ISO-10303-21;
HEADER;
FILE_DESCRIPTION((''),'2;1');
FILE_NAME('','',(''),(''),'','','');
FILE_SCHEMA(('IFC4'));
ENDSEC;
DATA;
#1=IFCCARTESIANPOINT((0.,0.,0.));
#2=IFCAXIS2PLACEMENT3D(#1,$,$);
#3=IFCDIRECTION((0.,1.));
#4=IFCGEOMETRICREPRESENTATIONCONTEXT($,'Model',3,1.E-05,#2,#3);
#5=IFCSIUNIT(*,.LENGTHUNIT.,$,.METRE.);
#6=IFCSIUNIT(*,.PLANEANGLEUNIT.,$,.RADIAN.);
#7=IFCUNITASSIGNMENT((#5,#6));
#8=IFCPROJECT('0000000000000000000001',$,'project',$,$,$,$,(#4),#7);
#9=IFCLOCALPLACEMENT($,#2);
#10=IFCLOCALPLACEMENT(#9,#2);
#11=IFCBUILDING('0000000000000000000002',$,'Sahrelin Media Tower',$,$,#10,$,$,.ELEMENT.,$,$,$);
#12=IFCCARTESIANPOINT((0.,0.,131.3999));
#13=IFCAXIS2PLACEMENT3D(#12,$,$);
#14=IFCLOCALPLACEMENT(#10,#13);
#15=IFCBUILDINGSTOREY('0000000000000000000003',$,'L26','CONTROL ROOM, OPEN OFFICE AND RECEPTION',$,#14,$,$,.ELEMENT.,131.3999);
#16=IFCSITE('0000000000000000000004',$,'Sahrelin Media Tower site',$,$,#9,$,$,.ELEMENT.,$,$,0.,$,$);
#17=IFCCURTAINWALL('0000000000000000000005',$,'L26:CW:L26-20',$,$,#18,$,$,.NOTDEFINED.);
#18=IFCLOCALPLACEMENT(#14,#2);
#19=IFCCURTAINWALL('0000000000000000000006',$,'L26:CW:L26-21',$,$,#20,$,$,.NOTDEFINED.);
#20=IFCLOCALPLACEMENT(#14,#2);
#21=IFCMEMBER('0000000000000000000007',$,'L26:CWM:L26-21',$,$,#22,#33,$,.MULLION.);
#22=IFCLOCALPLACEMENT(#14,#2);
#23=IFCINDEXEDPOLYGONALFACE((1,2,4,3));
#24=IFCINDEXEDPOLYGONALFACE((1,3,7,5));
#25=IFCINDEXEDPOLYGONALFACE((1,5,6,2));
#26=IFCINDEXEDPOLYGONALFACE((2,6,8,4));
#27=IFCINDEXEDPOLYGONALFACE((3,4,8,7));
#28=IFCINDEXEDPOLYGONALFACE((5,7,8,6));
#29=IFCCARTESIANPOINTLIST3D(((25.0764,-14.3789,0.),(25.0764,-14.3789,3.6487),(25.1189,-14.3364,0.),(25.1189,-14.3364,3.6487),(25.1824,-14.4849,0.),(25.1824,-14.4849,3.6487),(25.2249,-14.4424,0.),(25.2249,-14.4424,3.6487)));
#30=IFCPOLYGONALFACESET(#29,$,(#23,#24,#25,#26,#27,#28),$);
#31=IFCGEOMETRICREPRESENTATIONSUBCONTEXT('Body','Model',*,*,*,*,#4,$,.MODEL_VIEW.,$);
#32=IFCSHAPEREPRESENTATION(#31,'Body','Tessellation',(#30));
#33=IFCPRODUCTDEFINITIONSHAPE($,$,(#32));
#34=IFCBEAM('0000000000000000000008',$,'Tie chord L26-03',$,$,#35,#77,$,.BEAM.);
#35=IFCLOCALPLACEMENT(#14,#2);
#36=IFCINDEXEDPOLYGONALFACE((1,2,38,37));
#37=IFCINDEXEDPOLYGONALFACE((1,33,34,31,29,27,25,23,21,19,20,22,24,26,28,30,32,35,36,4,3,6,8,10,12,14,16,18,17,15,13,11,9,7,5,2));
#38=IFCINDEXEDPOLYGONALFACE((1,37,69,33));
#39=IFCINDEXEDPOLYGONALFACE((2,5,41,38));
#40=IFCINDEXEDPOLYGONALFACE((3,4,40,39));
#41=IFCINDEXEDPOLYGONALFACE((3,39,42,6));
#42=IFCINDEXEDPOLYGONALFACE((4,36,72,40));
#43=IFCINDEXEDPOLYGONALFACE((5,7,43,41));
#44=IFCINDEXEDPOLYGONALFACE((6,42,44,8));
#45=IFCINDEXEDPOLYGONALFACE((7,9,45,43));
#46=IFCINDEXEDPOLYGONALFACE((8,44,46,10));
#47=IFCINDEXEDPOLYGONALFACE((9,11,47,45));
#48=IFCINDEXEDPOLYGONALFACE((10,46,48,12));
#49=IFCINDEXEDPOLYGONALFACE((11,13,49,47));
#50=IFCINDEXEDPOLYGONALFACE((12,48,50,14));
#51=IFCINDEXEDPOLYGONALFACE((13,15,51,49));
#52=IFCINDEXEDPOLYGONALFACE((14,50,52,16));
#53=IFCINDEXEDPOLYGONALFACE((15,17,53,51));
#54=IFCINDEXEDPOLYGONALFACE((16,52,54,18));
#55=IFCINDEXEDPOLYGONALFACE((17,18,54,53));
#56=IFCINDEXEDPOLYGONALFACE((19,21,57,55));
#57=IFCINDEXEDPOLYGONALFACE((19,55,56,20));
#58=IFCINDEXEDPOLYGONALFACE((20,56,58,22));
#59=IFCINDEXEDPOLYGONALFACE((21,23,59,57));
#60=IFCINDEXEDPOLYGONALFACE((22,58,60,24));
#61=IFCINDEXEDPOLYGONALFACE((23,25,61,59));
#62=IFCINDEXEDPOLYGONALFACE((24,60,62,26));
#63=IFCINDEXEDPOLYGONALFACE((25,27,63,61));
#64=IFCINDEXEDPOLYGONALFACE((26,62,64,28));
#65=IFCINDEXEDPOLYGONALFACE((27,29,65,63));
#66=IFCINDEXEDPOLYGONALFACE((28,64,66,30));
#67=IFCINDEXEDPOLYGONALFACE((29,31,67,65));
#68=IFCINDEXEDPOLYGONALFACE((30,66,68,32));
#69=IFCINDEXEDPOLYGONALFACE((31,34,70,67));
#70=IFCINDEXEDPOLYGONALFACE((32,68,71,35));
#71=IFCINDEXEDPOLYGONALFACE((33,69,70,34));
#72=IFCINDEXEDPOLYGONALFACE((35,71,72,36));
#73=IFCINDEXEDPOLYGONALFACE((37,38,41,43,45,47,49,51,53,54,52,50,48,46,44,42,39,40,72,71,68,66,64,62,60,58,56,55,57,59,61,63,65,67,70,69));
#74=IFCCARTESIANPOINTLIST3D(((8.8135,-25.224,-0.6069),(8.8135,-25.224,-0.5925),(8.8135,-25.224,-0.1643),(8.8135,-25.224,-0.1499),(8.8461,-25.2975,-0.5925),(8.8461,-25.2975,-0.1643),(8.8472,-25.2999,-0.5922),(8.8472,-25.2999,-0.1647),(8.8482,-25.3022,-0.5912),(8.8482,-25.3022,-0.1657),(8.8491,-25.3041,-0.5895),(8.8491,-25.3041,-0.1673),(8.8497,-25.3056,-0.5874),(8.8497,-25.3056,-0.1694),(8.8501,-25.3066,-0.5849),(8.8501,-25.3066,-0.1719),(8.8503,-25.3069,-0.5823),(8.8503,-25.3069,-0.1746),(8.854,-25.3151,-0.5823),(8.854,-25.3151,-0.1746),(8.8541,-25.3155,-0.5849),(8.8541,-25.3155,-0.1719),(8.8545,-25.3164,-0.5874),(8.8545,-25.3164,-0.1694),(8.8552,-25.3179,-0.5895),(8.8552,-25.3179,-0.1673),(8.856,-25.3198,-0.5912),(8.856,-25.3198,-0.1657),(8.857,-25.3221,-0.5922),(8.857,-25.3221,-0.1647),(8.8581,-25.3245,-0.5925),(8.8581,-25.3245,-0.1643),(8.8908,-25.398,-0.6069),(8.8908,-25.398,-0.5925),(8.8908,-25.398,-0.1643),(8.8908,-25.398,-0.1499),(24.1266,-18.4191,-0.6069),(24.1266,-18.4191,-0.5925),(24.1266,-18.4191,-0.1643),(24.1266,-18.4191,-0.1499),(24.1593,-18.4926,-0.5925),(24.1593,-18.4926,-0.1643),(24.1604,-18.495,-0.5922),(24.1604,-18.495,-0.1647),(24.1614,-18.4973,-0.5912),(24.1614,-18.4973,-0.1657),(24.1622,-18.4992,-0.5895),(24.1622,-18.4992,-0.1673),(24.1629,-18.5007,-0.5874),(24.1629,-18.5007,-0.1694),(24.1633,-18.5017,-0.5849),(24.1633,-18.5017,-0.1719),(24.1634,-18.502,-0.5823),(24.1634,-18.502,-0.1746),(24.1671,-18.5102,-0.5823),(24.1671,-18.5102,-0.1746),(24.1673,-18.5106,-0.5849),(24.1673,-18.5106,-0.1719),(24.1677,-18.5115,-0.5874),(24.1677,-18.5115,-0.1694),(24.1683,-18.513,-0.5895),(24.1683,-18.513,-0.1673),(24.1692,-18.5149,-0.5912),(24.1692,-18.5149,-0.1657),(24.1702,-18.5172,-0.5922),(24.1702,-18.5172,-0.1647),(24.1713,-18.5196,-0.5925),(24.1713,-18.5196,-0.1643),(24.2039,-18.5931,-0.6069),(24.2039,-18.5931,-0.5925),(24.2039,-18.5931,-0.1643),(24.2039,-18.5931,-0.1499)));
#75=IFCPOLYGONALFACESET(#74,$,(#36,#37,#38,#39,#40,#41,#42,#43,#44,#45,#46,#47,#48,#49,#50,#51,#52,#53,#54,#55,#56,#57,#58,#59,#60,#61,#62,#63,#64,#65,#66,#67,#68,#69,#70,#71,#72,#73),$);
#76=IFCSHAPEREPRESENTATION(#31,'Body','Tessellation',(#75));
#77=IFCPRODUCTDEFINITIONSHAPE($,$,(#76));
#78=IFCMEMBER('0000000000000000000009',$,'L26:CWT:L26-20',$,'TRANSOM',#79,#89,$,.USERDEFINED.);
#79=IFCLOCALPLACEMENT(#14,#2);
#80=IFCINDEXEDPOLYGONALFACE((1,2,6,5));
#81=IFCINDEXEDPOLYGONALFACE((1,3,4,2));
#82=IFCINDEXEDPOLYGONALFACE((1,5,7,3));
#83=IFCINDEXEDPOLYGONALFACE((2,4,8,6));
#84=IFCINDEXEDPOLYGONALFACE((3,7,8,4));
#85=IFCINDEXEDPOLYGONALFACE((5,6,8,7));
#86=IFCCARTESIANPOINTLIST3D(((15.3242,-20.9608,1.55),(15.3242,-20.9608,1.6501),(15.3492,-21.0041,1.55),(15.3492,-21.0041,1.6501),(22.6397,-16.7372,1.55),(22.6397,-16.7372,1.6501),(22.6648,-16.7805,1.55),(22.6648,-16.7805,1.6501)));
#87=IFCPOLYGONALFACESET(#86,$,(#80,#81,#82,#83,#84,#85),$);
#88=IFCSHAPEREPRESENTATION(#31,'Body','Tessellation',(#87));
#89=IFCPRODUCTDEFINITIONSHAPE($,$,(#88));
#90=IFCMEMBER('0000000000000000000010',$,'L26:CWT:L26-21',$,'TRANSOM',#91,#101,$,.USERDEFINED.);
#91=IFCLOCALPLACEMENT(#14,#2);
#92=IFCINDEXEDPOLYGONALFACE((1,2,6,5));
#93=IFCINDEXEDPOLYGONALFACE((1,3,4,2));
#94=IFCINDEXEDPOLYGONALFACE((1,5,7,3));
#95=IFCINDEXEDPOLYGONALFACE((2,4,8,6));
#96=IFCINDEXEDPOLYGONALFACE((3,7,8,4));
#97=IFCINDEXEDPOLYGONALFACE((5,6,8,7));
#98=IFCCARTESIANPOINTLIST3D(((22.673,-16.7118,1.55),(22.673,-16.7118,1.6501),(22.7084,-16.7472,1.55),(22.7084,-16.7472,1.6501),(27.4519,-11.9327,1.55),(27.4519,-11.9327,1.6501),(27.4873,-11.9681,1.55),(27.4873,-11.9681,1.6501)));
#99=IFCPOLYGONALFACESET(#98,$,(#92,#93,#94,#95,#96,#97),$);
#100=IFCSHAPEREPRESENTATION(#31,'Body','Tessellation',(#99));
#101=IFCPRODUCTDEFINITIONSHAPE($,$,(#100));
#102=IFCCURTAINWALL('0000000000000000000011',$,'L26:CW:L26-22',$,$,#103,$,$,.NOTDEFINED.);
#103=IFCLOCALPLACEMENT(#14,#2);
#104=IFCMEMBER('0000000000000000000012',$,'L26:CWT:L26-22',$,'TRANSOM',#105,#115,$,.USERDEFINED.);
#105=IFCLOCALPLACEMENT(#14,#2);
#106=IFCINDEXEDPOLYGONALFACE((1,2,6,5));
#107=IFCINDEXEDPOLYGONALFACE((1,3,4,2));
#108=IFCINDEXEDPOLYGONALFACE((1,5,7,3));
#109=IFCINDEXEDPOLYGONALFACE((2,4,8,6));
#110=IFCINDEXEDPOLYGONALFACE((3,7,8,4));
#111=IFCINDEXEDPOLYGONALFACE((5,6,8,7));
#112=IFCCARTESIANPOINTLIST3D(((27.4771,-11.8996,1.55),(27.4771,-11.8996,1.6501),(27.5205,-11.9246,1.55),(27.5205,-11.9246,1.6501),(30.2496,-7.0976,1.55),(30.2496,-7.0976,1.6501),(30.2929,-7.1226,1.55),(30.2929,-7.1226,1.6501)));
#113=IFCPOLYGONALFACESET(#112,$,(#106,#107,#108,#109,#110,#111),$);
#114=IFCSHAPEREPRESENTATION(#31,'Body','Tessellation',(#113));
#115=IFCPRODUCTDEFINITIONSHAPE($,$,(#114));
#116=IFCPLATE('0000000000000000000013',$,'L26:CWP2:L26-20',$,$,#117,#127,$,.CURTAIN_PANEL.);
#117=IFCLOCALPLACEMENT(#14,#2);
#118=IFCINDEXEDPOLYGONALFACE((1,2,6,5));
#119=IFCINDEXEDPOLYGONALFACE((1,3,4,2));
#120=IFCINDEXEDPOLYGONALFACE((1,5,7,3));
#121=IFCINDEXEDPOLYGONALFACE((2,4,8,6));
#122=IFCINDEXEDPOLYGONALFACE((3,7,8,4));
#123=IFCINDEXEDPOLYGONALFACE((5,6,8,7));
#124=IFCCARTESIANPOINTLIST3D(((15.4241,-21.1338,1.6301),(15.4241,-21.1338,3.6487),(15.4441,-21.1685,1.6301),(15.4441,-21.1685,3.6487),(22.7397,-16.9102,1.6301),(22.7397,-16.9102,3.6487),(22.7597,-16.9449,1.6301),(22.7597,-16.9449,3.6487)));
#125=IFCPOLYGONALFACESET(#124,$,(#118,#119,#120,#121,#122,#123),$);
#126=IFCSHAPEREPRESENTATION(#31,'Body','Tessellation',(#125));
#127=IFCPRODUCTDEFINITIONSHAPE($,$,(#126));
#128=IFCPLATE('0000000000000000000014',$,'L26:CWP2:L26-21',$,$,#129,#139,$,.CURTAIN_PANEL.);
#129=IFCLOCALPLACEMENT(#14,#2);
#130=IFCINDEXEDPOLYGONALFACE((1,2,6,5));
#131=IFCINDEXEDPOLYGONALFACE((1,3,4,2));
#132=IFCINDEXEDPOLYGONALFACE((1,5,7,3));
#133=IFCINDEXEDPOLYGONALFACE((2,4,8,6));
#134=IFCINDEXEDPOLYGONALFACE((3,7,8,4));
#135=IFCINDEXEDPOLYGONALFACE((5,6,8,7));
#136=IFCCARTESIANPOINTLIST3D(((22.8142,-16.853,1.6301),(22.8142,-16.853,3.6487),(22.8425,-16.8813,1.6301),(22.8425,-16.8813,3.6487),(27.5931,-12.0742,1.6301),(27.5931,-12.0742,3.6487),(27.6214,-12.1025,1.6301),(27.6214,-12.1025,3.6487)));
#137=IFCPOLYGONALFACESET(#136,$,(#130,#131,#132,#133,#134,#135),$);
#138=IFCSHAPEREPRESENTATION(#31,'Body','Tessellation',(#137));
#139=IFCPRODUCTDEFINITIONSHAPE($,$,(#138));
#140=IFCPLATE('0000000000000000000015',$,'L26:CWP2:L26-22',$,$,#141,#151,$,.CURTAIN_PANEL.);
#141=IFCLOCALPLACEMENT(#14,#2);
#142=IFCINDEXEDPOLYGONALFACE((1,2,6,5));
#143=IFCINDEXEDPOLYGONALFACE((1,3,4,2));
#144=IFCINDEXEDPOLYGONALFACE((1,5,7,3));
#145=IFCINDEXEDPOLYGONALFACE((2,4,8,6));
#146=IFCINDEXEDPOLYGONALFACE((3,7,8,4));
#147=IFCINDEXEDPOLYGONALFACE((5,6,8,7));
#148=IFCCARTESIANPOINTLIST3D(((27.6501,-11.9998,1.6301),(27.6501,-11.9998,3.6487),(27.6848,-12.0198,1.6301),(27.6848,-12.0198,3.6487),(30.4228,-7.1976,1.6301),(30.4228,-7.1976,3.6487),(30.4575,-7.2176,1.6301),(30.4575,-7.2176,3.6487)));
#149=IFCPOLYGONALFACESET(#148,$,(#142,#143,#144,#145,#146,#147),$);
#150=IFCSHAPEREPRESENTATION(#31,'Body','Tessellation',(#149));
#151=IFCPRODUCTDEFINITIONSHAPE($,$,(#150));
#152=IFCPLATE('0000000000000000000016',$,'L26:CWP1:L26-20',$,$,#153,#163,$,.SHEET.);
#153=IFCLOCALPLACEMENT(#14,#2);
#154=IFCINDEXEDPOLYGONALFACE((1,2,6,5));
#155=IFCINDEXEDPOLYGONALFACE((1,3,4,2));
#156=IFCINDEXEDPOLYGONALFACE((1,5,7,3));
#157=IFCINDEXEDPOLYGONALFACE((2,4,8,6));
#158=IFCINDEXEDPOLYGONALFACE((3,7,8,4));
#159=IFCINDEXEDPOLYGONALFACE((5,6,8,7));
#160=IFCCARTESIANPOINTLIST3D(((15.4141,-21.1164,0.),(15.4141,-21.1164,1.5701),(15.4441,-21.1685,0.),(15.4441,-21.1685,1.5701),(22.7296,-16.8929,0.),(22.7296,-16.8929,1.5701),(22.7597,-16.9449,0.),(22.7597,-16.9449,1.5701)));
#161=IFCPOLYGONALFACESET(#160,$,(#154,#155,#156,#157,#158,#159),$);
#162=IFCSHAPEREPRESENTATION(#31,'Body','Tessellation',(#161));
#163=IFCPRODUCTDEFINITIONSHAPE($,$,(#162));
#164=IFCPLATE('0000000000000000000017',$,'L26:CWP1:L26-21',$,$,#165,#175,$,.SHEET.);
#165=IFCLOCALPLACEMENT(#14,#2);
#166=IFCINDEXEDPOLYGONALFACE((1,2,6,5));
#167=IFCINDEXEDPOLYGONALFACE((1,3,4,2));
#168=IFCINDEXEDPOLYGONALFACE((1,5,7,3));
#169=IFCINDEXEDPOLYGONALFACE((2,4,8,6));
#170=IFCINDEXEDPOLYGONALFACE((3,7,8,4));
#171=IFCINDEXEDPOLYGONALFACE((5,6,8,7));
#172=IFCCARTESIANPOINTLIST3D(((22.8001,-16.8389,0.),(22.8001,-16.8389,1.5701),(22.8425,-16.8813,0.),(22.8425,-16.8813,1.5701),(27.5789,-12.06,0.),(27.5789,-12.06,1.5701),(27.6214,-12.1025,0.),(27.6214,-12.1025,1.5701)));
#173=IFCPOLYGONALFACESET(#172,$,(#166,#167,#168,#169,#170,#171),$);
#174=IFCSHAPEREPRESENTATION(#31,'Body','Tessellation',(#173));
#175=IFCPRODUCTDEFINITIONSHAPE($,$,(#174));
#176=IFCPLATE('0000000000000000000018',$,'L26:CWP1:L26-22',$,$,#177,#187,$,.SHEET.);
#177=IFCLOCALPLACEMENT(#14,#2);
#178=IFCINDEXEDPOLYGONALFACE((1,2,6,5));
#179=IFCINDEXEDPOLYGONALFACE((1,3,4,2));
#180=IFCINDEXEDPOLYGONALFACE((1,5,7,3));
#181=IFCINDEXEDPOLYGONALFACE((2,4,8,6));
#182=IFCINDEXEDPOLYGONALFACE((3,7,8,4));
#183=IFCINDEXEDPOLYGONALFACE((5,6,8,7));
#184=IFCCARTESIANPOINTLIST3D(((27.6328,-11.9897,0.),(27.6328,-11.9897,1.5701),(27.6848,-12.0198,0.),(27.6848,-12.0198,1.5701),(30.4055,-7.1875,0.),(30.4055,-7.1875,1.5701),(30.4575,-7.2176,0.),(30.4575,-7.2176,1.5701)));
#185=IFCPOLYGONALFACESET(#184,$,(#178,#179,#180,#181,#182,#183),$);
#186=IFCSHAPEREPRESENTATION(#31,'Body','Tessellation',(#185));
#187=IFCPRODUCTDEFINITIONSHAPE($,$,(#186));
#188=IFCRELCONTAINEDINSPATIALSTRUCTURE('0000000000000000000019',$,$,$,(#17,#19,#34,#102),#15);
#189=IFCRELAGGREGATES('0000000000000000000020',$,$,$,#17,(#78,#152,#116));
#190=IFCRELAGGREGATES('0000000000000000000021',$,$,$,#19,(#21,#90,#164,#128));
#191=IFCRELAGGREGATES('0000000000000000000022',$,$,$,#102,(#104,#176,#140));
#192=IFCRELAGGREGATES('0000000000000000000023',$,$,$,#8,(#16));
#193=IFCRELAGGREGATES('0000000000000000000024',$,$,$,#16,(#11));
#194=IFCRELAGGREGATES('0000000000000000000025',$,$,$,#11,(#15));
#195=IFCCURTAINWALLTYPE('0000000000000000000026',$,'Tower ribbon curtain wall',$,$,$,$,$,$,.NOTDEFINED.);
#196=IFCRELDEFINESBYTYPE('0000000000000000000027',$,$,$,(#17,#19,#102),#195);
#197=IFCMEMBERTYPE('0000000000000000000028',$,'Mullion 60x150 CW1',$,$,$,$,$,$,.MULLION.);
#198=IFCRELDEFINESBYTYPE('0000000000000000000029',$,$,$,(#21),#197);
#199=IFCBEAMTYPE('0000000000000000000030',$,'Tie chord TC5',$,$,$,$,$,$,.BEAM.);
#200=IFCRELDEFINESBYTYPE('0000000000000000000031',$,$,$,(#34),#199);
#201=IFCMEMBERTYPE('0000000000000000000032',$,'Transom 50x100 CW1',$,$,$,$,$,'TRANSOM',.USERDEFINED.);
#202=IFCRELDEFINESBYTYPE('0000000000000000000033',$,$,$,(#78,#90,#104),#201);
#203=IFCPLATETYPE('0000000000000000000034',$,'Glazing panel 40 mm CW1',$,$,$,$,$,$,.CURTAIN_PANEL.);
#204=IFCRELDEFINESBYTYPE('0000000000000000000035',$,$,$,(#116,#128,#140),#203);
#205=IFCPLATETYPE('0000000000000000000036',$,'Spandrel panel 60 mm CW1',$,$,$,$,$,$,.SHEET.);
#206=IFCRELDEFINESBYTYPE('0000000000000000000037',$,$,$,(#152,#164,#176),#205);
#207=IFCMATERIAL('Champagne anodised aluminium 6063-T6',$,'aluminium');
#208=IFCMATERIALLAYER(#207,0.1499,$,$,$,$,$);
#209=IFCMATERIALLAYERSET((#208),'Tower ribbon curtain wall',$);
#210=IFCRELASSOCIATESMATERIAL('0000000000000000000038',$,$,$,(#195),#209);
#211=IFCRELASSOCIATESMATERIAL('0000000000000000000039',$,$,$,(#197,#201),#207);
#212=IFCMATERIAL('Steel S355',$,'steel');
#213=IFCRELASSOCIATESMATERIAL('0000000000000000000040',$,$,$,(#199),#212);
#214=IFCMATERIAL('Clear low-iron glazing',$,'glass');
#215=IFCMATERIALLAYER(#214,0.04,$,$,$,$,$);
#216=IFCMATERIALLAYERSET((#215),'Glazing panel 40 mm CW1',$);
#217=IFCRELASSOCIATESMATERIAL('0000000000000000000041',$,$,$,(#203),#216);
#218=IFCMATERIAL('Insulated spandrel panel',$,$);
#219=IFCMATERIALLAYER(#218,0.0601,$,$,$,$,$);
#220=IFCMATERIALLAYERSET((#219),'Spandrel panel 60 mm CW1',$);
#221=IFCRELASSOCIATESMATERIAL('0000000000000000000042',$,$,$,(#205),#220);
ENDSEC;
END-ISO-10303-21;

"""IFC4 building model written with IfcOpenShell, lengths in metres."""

from ifc_helpers import new_model, si_unit, direction, frame, origin, origin_2d, place, context, subcontext, project, spatial, polyline, rectangle, i_section, outline, extrude, material, layer, layer_set, material_profile, profile_set, type_object, element, aggregate, save


model = new_model("IFC4")

# Units and contexts
model_context = context("Model", 3, precision=1e-05, world=origin(), true_north=direction((0.0, 1.0)))
body_context = subcontext(model_context, "Body", "Model", "MODEL_VIEW")
ifc_project = project(units=[si_unit("LENGTHUNIT", "METRE"), si_unit("PLANEANGLEUNIT", "RADIAN")], contexts=[model_context])

# Site, building, storey
site_placement = place(None, origin())
site = spatial("IfcSite", under=ifc_project, at=site_placement, Name="Sahrelin Media Tower site", CompositionType="ELEMENT", RefElevation=0.0)
building_placement = place(site_placement, origin())
building = spatial("IfcBuilding", under=site, at=building_placement, Name="Sahrelin Media Tower", CompositionType="ELEMENT")
storey_placement = place(building_placement, frame((0.0, 0.0, 131.3999)))
storey = spatial("IfcBuildingStorey", under=building, at=storey_placement, Name="L26", Description="CONTROL ROOM, OPEN OFFICE AND RECEPTION", CompositionType="ELEMENT", Elevation=131.3999)

# Shared definitions
ifc_material_1 = material(Name="Steel S355", Category="steel")

# Curtain walls, member
ifc_material_2 = material(Name="Champagne anodised aluminium 6063-T6", Category="aluminium")
ifc_layer_1 = layer(ifc_material_2, 0.1499)
ifc_layer_set_1 = layer_set([ifc_layer_1], Name="Tower ribbon curtain wall")
curtain_wall_type = type_object("IfcCurtainWallType", Name="Tower ribbon curtain wall", PredefinedType="NOTDEFINED", material=ifc_layer_set_1)
curtain_wall_1_placement = place(storey_placement, frame((19.092, -19.0393, 0.0), z_axis=(0.0, 0.0, 1.0), x_axis=(1.0, 0.0, 0.0)))
curtain_wall_1 = element("IfcCurtainWall", 1, at=curtain_wall_1_placement, inside=storey, type_object=curtain_wall_type, Name="L26:CW:L26-20", PredefinedType="NOTDEFINED")
ifc_material_profile_1 = material_profile(ifc_material_2, rectangle(XDim=0.0601, YDim=0.1499, at=origin_2d()), Name="Mullion 60x150")
ifc_profile_set_1 = profile_set([ifc_material_profile_1], Name="Champagne anodised aluminium 6063-T6")
member_type_1 = type_object("IfcMemberType", Name="Mullion 60x150 CW1", PredefinedType="MULLION", material=ifc_profile_set_1)
curtain_wall_2_placement = place(storey_placement, frame((25.218, -14.4778, 0.0), z_axis=(0.0, 0.0, 1.0), x_axis=(1.0, 0.0, 0.0)))
curtain_wall_2 = element("IfcCurtainWall", 2, at=curtain_wall_2_placement, inside=storey, type_object=curtain_wall_type, Name="L26:CW:L26-21", PredefinedType="NOTDEFINED")
member_1_placement = place(storey_placement, frame((25.1506, -14.4106, 0.0), z_axis=(0.0, 0.0, 1.0), x_axis=(0.707099, 0.707114, 0.0)))
member_1 = element("IfcMember", 3, at=member_1_placement, type_object=member_type_1, Name="L26:CWM:L26-21", PredefinedType="MULLION", context=body_context, shape_type="SweptSolid", body=[
    extrude(rectangle(XDim=0.0601, YDim=0.1499, at=origin_2d()), origin(), (0.0, 0.0, 1.0), 3.6487),
])

# Beam
ifc_material_profile_2 = material_profile(ifc_material_1, i_section(OverallWidth=0.1904, OverallDepth=0.457, WebThickness=0.009, FlangeThickness=0.0144, FilletRadius=0.0103, at=origin_2d()), Name="UB 457x191x74")
ifc_profile_set_2 = profile_set([ifc_material_profile_2], Name="Steel S355")
beam_type_1 = type_object("IfcBeamType", Name="Tie chord TC5", PredefinedType="BEAM", material=ifc_profile_set_2)
beam_1_placement = place(storey_placement, frame((24.1653, -18.5061, -0.3784), z_axis=(-0.913833, -0.406091, 0.0), x_axis=(0.406091, -0.913833, 0.0)))
element("IfcBeam", 4, at=beam_1_placement, inside=storey, type_object=beam_type_1, Name="Tie chord L26-03", PredefinedType="BEAM", context=body_context, shape_type="SweptSolid", body=[
    extrude(i_section(OverallWidth=0.1904, OverallDepth=0.457, WebThickness=0.009, FlangeThickness=0.0144, FilletRadius=0.0103, at=origin_2d()), origin(), (0.0, 0.0, 1.0), 16.7571),
])

# Members
ifc_material_profile_3 = material_profile(ifc_material_2, rectangle(XDim=0.05, YDim=0.1001, at=origin_2d()), Name="Transom 50x100")
ifc_profile_set_3 = profile_set([ifc_material_profile_3], Name="Champagne anodised aluminium 6063-T6")
member_type_2 = type_object("IfcMemberType", Name="Transom 50x100 CW1", ElementType="TRANSOM", PredefinedType="USERDEFINED", material=ifc_profile_set_3)
member_2_placement = place(storey_placement, frame((15.3367, -20.9824, 1.6001), z_axis=(0.866029, 0.499993, 0.0), x_axis=(-0.499993, 0.866029, 0.0)))
member_2 = element("IfcMember", 5, at=member_2_placement, type_object=member_type_2, Name="L26:CWT:L26-20", ObjectType="TRANSOM", PredefinedType="USERDEFINED", context=body_context, shape_type="SweptSolid", body=[
    extrude(rectangle(XDim=0.05, YDim=0.1001, at=origin_2d()), origin(), (0.0, 0.0, 1.0), 8.4473),
])
member_3_placement = place(storey_placement, frame((22.6907, -16.7295, 1.6001), z_axis=(0.707089, 0.707125, 0.0), x_axis=(-0.707125, 0.707089, 0.0)))
member_3 = element("IfcMember", 6, at=member_3_placement, type_object=member_type_2, Name="L26:CWT:L26-21", ObjectType="TRANSOM", PredefinedType="USERDEFINED", context=body_context, shape_type="SweptSolid", body=[
    extrude(rectangle(XDim=0.05, YDim=0.1001, at=origin_2d()), origin(), (0.0, 0.0, 1.0), 6.7585),
])

# Curtain wall, member
curtain_wall_3_placement = place(storey_placement, frame((29.054, -9.6086, 0.0), z_axis=(0.0, 0.0, 1.0), x_axis=(1.0, 0.0, 0.0)))
curtain_wall_3 = element("IfcCurtainWall", 7, at=curtain_wall_3_placement, inside=storey, type_object=curtain_wall_type, Name="L26:CW:L26-22", PredefinedType="NOTDEFINED")
member_4_placement = place(storey_placement, frame((27.4988, -11.9121, 1.6001), z_axis=(0.500003, 0.866024, 0.0), x_axis=(-0.866024, 0.500003, 0.0)))
member_4 = element("IfcMember", 8, at=member_4_placement, type_object=member_type_2, Name="L26:CWT:L26-22", ObjectType="TRANSOM", PredefinedType="USERDEFINED", context=body_context, shape_type="SweptSolid", body=[
    extrude(rectangle(XDim=0.05, YDim=0.1001, at=origin_2d()), origin(), (0.0, 0.0, 1.0), 5.5449),
])

# Plates
ifc_material_3 = material(Name="Clear low-iron glazing", Category="glass")
ifc_layer_2 = layer(ifc_material_3, 0.04)
ifc_layer_set_2 = layer_set([ifc_layer_2], Name="Glazing panel 40 mm CW1")
plate_type_1 = type_object("IfcPlateType", Name="Glazing panel 40 mm CW1", PredefinedType="CURTAIN_PANEL", material=ifc_layer_set_2)
plate_1_placement = place(storey_placement, frame((15.4441, -21.1685, 1.6301), z_axis=(0.499993, -0.866029, 0.0), x_axis=(0.866029, 0.499993, 0.0)))
plate_1 = element("IfcPlate", 9, at=plate_1_placement, type_object=plate_type_1, Name="L26:CWP2:L26-20", PredefinedType="CURTAIN_PANEL", context=body_context, shape_type="SweptSolid", body=[
    extrude(outline(polyline([(0.0, 0.0), (8.4473, 0.0), (8.4473, 2.0186), (0.0, 2.0186), (0.0, 0.0)])), origin(), (0.0, 0.0, -1.0), 0.04),
])
plate_2_placement = place(storey_placement, frame((22.8425, -16.8813, 1.6301), z_axis=(0.707107, -0.707107, 0.0), x_axis=(0.707107, 0.707107, 0.0)))
plate_2 = element("IfcPlate", 10, at=plate_2_placement, type_object=plate_type_1, Name="L26:CWP2:L26-21", PredefinedType="CURTAIN_PANEL", context=body_context, shape_type="SweptSolid", body=[
    extrude(outline(polyline([(0.0, 0.0), (6.7583, 0.0), (6.7583, 2.0186), (0.0, 2.0186), (0.0, 0.0)])), origin(), (0.0, 0.0, -1.0), 0.04),
])
plate_3_placement = place(storey_placement, frame((27.6848, -12.0198, 1.6301), z_axis=(0.866015, -0.500017, 0.0), x_axis=(0.500017, 0.866015, 0.0)))
plate_3 = element("IfcPlate", 11, at=plate_3_placement, type_object=plate_type_1, Name="L26:CWP2:L26-22", PredefinedType="CURTAIN_PANEL", context=body_context, shape_type="SweptSolid", body=[
    extrude(outline(polyline([(0.0, 0.0), (5.5452, 0.0), (5.5452, 2.0186), (0.0, 2.0186), (0.0, 0.0)])), origin(), (0.0, 0.0, -1.0), 0.04),
])
ifc_material_4 = material(Name="Insulated spandrel panel")
ifc_layer_3 = layer(ifc_material_4, 0.0601)
ifc_layer_set_3 = layer_set([ifc_layer_3], Name="Spandrel panel 60 mm CW1")
plate_type_2 = type_object("IfcPlateType", Name="Spandrel panel 60 mm CW1", PredefinedType="SHEET", material=ifc_layer_set_3)
plate_4_placement = place(storey_placement, frame((15.4441, -21.1685, 0.0), z_axis=(0.499993, -0.866029, 0.0), x_axis=(0.866029, 0.499993, 0.0)))
plate_4 = element("IfcPlate", 12, at=plate_4_placement, type_object=plate_type_2, Name="L26:CWP1:L26-20", PredefinedType="SHEET", context=body_context, shape_type="SweptSolid", body=[
    extrude(outline(polyline([(0.0, 0.0), (8.4473, 0.0), (8.4473, 1.5701), (0.0, 1.5701), (0.0, 0.0)])), origin(), (0.0, 0.0, -1.0), 0.0601),
])
aggregate(curtain_wall_1, [member_2, plate_4, plate_1])
plate_5_placement = place(storey_placement, frame((22.8425, -16.8813, 0.0), z_axis=(0.707107, -0.707107, 0.0), x_axis=(0.707107, 0.707107, 0.0)))
plate_5 = element("IfcPlate", 13, at=plate_5_placement, type_object=plate_type_2, Name="L26:CWP1:L26-21", PredefinedType="SHEET", context=body_context, shape_type="SweptSolid", body=[
    extrude(outline(polyline([(0.0, 0.0), (6.7583, 0.0), (6.7583, 1.5701), (0.0, 1.5701), (0.0, 0.0)])), origin(), (0.0, 0.0, -1.0), 0.0601),
])
aggregate(curtain_wall_2, [member_1, member_3, plate_5, plate_2])
plate_6_placement = place(storey_placement, frame((27.6848, -12.0198, 0.0), z_axis=(0.866015, -0.500017, 0.0), x_axis=(0.500017, 0.866015, 0.0)))
plate_6 = element("IfcPlate", 14, at=plate_6_placement, type_object=plate_type_2, Name="L26:CWP1:L26-22", PredefinedType="SHEET", context=body_context, shape_type="SweptSolid", body=[
    extrude(outline(polyline([(0.0, 0.0), (5.5452, 0.0), (5.5452, 1.5701), (0.0, 1.5701), (0.0, 0.0)])), origin(), (0.0, 0.0, -1.0), 0.0601),
])
aggregate(curtain_wall_3, [member_4, plate_6, plate_3])

save(model, "model.ifc")
